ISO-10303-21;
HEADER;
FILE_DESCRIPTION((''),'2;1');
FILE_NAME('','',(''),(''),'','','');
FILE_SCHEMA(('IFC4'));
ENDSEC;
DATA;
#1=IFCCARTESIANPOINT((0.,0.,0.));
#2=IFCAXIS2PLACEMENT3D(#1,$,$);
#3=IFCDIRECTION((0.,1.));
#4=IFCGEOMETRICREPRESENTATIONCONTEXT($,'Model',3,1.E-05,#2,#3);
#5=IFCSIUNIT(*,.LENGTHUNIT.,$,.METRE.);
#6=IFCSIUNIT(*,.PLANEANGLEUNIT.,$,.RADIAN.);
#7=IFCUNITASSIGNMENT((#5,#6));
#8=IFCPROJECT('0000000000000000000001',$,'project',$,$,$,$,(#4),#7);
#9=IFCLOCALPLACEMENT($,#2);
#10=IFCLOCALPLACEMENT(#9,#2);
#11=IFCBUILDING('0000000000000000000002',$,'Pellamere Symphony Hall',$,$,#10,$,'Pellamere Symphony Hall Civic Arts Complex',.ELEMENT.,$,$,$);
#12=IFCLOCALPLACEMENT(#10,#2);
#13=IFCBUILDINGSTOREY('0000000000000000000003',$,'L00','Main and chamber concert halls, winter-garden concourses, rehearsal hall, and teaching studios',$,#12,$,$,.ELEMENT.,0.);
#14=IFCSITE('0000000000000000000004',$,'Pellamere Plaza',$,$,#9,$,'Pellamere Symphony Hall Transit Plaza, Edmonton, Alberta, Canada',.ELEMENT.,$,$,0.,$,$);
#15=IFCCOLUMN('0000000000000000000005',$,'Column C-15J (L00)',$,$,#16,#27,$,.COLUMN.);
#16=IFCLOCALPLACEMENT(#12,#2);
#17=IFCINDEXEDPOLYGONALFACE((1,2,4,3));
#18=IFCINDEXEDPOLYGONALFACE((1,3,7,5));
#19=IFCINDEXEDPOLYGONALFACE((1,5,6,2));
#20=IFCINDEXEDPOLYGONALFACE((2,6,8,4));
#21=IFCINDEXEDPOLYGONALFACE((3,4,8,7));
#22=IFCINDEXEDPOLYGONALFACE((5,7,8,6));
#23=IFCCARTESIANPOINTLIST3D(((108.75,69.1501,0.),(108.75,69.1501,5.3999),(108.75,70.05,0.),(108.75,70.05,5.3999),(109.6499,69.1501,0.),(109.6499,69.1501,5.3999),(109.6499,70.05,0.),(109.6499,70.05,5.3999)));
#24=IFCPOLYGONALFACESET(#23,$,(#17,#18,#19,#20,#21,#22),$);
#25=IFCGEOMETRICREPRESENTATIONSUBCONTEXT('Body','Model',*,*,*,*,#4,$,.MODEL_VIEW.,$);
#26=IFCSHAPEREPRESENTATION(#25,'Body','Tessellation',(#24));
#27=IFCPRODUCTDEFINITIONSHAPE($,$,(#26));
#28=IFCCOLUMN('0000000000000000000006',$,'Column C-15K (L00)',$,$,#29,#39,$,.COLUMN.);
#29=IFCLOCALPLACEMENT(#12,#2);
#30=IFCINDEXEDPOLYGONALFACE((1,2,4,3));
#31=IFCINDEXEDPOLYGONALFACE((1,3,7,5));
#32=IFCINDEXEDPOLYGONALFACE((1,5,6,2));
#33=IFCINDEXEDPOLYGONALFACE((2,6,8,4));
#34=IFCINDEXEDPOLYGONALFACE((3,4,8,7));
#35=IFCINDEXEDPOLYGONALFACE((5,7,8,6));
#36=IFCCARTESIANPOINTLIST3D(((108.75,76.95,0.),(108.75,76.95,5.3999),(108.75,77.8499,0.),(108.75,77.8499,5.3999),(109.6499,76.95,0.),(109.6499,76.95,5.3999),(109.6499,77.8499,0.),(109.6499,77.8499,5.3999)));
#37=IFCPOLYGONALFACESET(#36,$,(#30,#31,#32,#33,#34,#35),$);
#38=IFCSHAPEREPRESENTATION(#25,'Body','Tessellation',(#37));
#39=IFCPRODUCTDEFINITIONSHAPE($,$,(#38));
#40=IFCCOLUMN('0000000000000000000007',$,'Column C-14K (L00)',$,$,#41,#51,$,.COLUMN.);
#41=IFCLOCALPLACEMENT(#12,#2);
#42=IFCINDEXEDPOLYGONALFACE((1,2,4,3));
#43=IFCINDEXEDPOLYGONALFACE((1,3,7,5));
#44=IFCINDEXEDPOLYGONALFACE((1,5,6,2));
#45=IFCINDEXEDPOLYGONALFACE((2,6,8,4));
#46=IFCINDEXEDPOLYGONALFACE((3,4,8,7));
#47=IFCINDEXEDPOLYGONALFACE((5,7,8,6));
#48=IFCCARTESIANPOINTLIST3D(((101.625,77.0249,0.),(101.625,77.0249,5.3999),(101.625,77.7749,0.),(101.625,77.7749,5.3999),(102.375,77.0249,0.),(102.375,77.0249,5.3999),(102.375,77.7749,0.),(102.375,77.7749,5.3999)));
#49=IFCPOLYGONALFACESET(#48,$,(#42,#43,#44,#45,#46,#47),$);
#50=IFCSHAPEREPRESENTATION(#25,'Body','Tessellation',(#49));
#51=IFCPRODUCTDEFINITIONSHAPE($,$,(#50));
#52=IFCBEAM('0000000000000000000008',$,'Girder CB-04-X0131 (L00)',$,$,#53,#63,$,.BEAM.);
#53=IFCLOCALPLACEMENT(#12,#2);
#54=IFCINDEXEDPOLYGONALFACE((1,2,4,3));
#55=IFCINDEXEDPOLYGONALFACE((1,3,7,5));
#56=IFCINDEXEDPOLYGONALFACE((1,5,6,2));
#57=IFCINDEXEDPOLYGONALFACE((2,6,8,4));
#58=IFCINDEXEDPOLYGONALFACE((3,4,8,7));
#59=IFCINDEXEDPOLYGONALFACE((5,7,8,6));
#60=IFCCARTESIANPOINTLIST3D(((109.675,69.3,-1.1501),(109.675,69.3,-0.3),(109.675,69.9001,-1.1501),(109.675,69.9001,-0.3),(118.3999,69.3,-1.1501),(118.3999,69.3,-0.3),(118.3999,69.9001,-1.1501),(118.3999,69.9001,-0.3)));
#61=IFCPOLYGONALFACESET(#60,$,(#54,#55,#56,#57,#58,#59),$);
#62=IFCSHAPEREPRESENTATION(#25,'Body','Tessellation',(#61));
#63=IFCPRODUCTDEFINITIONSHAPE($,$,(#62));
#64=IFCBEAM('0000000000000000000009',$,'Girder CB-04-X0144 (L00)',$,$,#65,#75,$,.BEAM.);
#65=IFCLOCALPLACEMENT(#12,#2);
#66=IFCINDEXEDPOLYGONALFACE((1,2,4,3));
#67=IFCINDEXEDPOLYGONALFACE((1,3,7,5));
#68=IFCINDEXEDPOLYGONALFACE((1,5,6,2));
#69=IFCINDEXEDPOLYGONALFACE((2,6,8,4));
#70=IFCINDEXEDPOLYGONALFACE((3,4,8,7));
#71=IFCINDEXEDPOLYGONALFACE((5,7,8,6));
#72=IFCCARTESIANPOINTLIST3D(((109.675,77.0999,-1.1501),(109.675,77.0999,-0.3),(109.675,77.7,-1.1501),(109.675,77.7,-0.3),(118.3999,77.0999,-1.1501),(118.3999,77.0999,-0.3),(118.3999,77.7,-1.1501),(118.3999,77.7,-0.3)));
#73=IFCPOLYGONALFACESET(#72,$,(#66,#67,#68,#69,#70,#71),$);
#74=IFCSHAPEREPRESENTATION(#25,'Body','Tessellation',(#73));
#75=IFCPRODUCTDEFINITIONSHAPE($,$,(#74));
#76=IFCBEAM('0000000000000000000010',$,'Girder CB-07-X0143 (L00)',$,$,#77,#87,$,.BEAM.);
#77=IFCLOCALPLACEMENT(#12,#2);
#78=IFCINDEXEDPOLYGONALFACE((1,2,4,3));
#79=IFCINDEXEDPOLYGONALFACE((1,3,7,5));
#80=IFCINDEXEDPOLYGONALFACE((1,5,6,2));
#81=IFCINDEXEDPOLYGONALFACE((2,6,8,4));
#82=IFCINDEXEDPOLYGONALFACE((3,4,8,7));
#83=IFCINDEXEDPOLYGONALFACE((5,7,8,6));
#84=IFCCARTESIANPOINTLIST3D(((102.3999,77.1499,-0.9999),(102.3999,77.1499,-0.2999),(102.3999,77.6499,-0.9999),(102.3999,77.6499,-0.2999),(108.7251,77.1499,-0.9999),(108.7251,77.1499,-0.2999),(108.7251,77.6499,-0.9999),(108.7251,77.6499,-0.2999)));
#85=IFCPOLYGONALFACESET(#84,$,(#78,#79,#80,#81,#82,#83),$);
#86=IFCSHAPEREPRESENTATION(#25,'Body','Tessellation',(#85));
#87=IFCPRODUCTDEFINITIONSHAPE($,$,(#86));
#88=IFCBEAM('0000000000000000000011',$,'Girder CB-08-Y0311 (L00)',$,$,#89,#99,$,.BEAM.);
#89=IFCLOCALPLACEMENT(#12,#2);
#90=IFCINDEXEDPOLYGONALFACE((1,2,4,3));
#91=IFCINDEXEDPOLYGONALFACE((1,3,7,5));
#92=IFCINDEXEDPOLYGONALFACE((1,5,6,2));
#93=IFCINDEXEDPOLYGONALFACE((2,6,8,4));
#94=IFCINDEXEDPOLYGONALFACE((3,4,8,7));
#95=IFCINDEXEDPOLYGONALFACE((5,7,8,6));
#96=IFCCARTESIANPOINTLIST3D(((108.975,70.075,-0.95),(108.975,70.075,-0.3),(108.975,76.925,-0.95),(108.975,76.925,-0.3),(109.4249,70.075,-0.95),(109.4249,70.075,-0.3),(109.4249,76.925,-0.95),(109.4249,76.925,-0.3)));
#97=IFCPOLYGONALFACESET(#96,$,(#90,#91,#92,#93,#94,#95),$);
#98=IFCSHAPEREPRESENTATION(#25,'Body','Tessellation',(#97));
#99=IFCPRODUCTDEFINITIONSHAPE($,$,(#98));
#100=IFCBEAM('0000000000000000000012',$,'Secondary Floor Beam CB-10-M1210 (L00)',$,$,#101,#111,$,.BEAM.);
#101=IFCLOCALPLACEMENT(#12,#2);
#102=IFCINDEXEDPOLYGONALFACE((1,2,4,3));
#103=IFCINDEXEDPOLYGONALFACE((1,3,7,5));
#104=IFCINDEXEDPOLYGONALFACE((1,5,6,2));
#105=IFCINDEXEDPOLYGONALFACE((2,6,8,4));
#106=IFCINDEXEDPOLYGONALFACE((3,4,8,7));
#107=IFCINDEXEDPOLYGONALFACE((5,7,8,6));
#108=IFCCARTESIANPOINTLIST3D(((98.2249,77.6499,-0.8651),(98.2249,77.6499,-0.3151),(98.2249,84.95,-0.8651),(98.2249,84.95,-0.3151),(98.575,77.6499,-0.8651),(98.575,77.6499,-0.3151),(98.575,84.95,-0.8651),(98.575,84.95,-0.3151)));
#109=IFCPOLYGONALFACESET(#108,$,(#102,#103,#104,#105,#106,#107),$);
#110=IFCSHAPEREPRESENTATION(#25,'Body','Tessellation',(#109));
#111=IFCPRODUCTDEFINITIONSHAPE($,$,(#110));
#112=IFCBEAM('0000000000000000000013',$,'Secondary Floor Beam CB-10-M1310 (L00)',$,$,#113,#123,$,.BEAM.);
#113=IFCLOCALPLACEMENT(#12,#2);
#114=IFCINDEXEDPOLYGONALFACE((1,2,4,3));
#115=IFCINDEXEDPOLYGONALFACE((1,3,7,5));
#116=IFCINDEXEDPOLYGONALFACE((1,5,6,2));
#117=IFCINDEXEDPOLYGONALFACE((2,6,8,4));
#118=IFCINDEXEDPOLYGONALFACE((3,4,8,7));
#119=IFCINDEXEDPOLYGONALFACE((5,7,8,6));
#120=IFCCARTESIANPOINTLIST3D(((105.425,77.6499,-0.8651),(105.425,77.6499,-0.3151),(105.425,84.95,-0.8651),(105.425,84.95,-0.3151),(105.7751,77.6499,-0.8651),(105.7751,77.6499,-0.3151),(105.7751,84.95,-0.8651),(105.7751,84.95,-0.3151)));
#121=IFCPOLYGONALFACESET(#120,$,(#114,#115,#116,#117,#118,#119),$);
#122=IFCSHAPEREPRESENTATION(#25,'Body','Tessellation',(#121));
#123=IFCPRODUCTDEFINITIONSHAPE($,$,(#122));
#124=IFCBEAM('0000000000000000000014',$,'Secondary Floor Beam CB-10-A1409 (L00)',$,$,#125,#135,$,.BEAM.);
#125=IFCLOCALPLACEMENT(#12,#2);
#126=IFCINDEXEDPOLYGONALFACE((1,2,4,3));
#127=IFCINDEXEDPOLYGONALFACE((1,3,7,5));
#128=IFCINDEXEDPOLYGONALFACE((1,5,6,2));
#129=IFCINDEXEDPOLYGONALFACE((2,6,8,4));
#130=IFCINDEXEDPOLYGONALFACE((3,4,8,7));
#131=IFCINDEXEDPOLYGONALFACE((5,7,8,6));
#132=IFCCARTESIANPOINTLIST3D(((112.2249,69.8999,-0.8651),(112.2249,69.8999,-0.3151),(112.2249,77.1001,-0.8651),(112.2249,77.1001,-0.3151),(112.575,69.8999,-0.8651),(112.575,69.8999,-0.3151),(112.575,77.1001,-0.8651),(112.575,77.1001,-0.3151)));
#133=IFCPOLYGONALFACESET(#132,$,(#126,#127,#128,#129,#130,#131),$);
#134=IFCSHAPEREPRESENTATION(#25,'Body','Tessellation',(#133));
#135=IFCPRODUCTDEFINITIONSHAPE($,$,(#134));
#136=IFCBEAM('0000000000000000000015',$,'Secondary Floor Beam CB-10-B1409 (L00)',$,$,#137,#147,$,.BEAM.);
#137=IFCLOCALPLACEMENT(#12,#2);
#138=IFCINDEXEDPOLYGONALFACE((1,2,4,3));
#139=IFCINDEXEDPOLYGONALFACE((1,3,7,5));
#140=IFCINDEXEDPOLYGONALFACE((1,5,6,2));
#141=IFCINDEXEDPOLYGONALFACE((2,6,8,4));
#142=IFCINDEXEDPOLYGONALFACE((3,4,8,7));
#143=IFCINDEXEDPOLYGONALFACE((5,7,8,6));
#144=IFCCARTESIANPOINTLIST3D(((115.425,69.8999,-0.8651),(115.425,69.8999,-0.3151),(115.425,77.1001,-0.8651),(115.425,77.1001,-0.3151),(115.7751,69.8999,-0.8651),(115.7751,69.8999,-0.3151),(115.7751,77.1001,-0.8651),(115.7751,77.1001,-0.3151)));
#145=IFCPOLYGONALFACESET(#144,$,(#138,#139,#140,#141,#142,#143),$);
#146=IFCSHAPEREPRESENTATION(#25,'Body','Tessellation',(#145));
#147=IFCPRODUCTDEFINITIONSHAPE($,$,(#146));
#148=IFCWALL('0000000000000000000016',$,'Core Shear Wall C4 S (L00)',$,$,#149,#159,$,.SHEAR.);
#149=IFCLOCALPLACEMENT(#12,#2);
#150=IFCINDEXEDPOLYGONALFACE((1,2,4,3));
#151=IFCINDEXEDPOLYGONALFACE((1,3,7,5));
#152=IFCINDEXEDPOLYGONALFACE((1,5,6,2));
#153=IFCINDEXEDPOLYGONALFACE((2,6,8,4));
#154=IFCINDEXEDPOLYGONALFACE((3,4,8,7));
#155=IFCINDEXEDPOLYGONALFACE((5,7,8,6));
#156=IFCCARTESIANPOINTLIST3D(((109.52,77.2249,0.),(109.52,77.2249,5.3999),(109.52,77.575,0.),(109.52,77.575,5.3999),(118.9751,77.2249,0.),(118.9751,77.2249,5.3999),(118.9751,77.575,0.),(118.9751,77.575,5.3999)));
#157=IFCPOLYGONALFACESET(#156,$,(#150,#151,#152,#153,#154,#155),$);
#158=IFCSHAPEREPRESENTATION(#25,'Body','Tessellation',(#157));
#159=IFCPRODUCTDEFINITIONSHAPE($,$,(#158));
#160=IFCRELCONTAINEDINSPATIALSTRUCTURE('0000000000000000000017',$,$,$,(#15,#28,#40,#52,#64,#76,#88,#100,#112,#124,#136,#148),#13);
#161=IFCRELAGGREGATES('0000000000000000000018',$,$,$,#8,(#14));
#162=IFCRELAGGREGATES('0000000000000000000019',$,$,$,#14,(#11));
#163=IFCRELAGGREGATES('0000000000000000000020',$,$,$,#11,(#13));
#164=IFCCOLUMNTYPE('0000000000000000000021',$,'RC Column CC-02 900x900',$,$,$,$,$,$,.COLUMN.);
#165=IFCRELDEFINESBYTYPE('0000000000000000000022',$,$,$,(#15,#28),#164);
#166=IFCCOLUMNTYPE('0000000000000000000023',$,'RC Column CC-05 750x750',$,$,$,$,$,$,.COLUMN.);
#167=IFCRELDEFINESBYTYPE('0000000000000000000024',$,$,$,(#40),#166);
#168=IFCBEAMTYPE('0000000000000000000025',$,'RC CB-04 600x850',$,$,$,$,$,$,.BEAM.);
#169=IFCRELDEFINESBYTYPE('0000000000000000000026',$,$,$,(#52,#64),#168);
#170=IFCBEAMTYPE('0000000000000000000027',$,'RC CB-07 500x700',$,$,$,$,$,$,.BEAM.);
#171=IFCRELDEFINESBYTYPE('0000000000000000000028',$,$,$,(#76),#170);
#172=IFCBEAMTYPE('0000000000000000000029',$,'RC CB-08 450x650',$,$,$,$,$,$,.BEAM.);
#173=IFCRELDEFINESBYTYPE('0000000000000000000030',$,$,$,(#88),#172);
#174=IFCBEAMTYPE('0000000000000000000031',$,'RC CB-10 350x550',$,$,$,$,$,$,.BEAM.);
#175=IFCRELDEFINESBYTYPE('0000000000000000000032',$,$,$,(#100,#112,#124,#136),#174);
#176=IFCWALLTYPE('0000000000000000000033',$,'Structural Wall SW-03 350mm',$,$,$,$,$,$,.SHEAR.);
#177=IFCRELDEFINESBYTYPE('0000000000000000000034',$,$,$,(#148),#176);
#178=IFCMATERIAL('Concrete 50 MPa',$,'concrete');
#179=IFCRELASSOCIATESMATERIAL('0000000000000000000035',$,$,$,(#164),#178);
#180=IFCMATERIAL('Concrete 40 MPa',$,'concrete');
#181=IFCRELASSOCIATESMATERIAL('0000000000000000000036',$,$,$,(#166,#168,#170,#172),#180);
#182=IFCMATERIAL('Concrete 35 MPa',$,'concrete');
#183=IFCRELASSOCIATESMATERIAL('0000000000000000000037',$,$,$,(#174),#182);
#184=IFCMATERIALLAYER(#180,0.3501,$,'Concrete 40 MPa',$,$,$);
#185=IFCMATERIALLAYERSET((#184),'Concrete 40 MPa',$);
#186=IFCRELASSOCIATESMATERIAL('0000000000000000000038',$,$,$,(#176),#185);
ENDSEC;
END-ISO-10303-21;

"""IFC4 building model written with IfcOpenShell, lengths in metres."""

from ifc_helpers import new_model, si_unit, direction, frame, frame_2d, origin, origin_2d, place, context, subcontext, project, spatial, rectangle, extrude, material, layer, layer_set, material_profile, profile_set, type_object, element, save


model = new_model("IFC4")

# Units and contexts
model_context = context("Model", 3, precision=1e-05, world=origin(), true_north=direction((0.0, 1.0)))
body_context = subcontext(model_context, "Body", "Model", "MODEL_VIEW")
ifc_project = project(units=[si_unit("LENGTHUNIT", "METRE"), si_unit("PLANEANGLEUNIT", "RADIAN")], contexts=[model_context])

# Site, building, storey
site_placement = place(None, origin())
site = spatial("IfcSite", under=ifc_project, at=site_placement, Name="Pellamere Plaza", LongName="Pellamere Symphony Hall Transit Plaza, Edmonton, Alberta, Canada", CompositionType="ELEMENT", RefElevation=0.0)
building_placement = place(site_placement, origin())
building = spatial("IfcBuilding", under=site, at=building_placement, Name="Pellamere Symphony Hall", LongName="Pellamere Symphony Hall Civic Arts Complex", CompositionType="ELEMENT")
storey_placement = place(building_placement, origin())
storey = spatial("IfcBuildingStorey", under=building, at=storey_placement, Name="L00", Description="Main and chamber concert halls, winter-garden concourses, rehearsal hall, and teaching studios", CompositionType="ELEMENT", Elevation=0.0)

# Columns
ifc_material_1 = material(Name="Concrete 50 MPa", Category="concrete")
ifc_material_profile_1 = material_profile(ifc_material_1, rectangle(XDim=0.8999, YDim=0.8999, at=origin_2d()), Name="RC 900x900")
ifc_profile_set_1 = profile_set([ifc_material_profile_1], Name="Concrete 50 MPa")
column_type_1 = type_object("IfcColumnType", Name="RC Column CC-02 900x900", PredefinedType="COLUMN", material=ifc_profile_set_1)
for number, where, z_axis, x_axis, name in (
    (1, (109.2, 69.6001, 0.0), (0.0, 0.0, 1.0), (1.0, 0.0, 0.0), "Column C-15J (L00)"),
    (2, (109.2, 77.3999, 0.0), (0.0, 0.0, 1.0), (1.0, 0.0, 0.0), "Column C-15K (L00)"),
):
    element("IfcColumn", number, at=place(storey_placement, frame(where, z_axis=z_axis, x_axis=x_axis)), inside=storey, type_object=column_type_1, Name=name, PredefinedType="COLUMN", context=body_context, shape_type="SweptSolid", body=[
        extrude(rectangle(XDim=0.8999, YDim=0.8999, at=origin_2d()), origin(), (0.0, 0.0, 1.0), 5.3999),
    ])
ifc_material_2 = material(Name="Concrete 40 MPa", Category="concrete")
ifc_material_profile_2 = material_profile(ifc_material_2, rectangle(XDim=0.75, YDim=0.75, at=origin_2d()), Name="RC 750x750")
ifc_profile_set_2 = profile_set([ifc_material_profile_2], Name="Concrete 40 MPa")
column_type_2 = type_object("IfcColumnType", Name="RC Column CC-05 750x750", PredefinedType="COLUMN", material=ifc_profile_set_2)
column_placement = place(storey_placement, frame((102.0, 77.3999, 0.0), z_axis=(0.0, 0.0, 1.0), x_axis=(1.0, 0.0, 0.0)))
element("IfcColumn", 3, at=column_placement, inside=storey, type_object=column_type_2, Name="Column C-14K (L00)", PredefinedType="COLUMN", context=body_context, shape_type="SweptSolid", body=[
    extrude(rectangle(XDim=0.75, YDim=0.75, at=origin_2d()), origin(), (0.0, 0.0, 1.0), 5.3999),
])

# Beams
ifc_material_profile_3 = material_profile(ifc_material_2, rectangle(XDim=0.6001, YDim=0.8501, at=origin_2d()), Name="RC 600x850")
ifc_profile_set_3 = profile_set([ifc_material_profile_3], Name="Concrete 40 MPa")
beam_type_1 = type_object("IfcBeamType", Name="RC CB-04 600x850", PredefinedType="BEAM", material=ifc_profile_set_3)
for number, where, z_axis, x_axis, name in (
    (4, (109.675, 69.6001, -0.7251), (1.0, 0.0, 0.0), (0.0, 1.0, 0.0), "Girder CB-04-X0131 (L00)"),
    (5, (109.675, 77.3999, -0.7251), (1.0, 0.0, 0.0), (0.0, 1.0, 0.0), "Girder CB-04-X0144 (L00)"),
):
    element("IfcBeam", number, at=place(storey_placement, frame(where, z_axis=z_axis, x_axis=x_axis)), inside=storey, type_object=beam_type_1, Name=name, PredefinedType="BEAM", context=body_context, shape_type="SweptSolid", body=[
        extrude(rectangle(XDim=0.6001, YDim=0.8501, at=origin_2d()), origin(), (0.0, 0.0, 1.0), 8.7249),
    ])
ifc_material_profile_4 = material_profile(ifc_material_2, rectangle(XDim=0.5, YDim=0.7, at=origin_2d()), Name="RC 500x700")
ifc_profile_set_4 = profile_set([ifc_material_profile_4], Name="Concrete 40 MPa")
beam_type_2 = type_object("IfcBeamType", Name="RC CB-07 500x700", PredefinedType="BEAM", material=ifc_profile_set_4)
beam_1_placement = place(storey_placement, frame((102.3999, 77.3999, -0.6499), z_axis=(1.0, 0.0, 0.0), x_axis=(0.0, 1.0, 0.0)))
element("IfcBeam", 6, at=beam_1_placement, inside=storey, type_object=beam_type_2, Name="Girder CB-07-X0143 (L00)", PredefinedType="BEAM", context=body_context, shape_type="SweptSolid", body=[
    extrude(rectangle(XDim=0.5, YDim=0.7, at=origin_2d()), origin(), (0.0, 0.0, 1.0), 6.3252),
])
ifc_material_profile_5 = material_profile(ifc_material_2, rectangle(XDim=0.45, YDim=0.6499, at=origin_2d()), Name="RC 450x650")
ifc_profile_set_5 = profile_set([ifc_material_profile_5], Name="Concrete 40 MPa")
beam_type_3 = type_object("IfcBeamType", Name="RC CB-08 450x650", PredefinedType="BEAM", material=ifc_profile_set_5)
beam_2_placement = place(storey_placement, frame((109.2, 70.075, -0.625), z_axis=(0.0, 1.0, 0.0), x_axis=(-1.0, 0.0, 0.0)))
element("IfcBeam", 7, at=beam_2_placement, inside=storey, type_object=beam_type_3, Name="Girder CB-08-Y0311 (L00)", PredefinedType="BEAM", context=body_context, shape_type="SweptSolid", body=[
    extrude(rectangle(XDim=0.45, YDim=0.6499, at=origin_2d()), origin(), (0.0, 0.0, 1.0), 6.8501),
])
ifc_material_3 = material(Name="Concrete 35 MPa", Category="concrete")
ifc_material_profile_6 = material_profile(ifc_material_3, rectangle(XDim=0.3501, YDim=0.55, at=origin_2d()), Name="RC 350x550")
ifc_profile_set_6 = profile_set([ifc_material_profile_6], Name="Concrete 35 MPa")
beam_type_4 = type_object("IfcBeamType", Name="RC CB-10 350x550", PredefinedType="BEAM", material=ifc_profile_set_6)
for number, where, z_axis, x_axis, name in (
    (8, (98.3999, 77.6499, -0.5901), (0.0, 1.0, 0.0), (-1.0, 0.0, 0.0), "Secondary Floor Beam CB-10-M1210 (L00)"),
    (9, (105.6001, 77.6499, -0.5901), (0.0, 1.0, 0.0), (-1.0, 0.0, 0.0), "Secondary Floor Beam CB-10-M1310 (L00)"),
):
    element("IfcBeam", number, at=place(storey_placement, frame(where, z_axis=z_axis, x_axis=x_axis)), inside=storey, type_object=beam_type_4, Name=name, PredefinedType="BEAM", context=body_context, shape_type="SweptSolid", body=[
        extrude(rectangle(XDim=0.3501, YDim=0.55, at=origin_2d()), origin(), (0.0, 0.0, 1.0), 7.3),
    ])
for number, where, z_axis, x_axis, name in (
    (10, (112.3999, 69.8999, -0.5901), (0.0, 1.0, 0.0), (-1.0, 0.0, 0.0), "Secondary Floor Beam CB-10-A1409 (L00)"),
    (11, (115.6001, 69.8999, -0.5901), (0.0, 1.0, 0.0), (-1.0, 0.0, 0.0), "Secondary Floor Beam CB-10-B1409 (L00)"),
):
    element("IfcBeam", number, at=place(storey_placement, frame(where, z_axis=z_axis, x_axis=x_axis)), inside=storey, type_object=beam_type_4, Name=name, PredefinedType="BEAM", context=body_context, shape_type="SweptSolid", body=[
        extrude(rectangle(XDim=0.3501, YDim=0.55, at=origin_2d()), origin(), (0.0, 0.0, 1.0), 7.2002),
    ])

# Wall
ifc_layer_1 = layer(ifc_material_2, 0.3501, Name="Concrete 40 MPa")
ifc_layer_set_1 = layer_set([ifc_layer_1], Name="Concrete 40 MPa")
wall_type = type_object("IfcWallType", Name="Structural Wall SW-03 350mm", PredefinedType="SHEAR", material=ifc_layer_set_1)
wall_1_placement = place(storey_placement, frame((109.52, 77.3999, 0.0), z_axis=(0.0, 0.0, 1.0), x_axis=(1.0, 0.0, 0.0)))
element("IfcWall", 12, at=wall_1_placement, inside=storey, type_object=wall_type, Name="Core Shear Wall C4 S (L00)", PredefinedType="SHEAR", context=body_context, shape_type="SweptSolid", body=[
    extrude(rectangle(XDim=9.4551, YDim=0.3501, at=frame_2d((4.7275, 0.0))), origin(), (0.0, 0.0, 1.0), 5.3999),
])

save(model, "model.ifc")
